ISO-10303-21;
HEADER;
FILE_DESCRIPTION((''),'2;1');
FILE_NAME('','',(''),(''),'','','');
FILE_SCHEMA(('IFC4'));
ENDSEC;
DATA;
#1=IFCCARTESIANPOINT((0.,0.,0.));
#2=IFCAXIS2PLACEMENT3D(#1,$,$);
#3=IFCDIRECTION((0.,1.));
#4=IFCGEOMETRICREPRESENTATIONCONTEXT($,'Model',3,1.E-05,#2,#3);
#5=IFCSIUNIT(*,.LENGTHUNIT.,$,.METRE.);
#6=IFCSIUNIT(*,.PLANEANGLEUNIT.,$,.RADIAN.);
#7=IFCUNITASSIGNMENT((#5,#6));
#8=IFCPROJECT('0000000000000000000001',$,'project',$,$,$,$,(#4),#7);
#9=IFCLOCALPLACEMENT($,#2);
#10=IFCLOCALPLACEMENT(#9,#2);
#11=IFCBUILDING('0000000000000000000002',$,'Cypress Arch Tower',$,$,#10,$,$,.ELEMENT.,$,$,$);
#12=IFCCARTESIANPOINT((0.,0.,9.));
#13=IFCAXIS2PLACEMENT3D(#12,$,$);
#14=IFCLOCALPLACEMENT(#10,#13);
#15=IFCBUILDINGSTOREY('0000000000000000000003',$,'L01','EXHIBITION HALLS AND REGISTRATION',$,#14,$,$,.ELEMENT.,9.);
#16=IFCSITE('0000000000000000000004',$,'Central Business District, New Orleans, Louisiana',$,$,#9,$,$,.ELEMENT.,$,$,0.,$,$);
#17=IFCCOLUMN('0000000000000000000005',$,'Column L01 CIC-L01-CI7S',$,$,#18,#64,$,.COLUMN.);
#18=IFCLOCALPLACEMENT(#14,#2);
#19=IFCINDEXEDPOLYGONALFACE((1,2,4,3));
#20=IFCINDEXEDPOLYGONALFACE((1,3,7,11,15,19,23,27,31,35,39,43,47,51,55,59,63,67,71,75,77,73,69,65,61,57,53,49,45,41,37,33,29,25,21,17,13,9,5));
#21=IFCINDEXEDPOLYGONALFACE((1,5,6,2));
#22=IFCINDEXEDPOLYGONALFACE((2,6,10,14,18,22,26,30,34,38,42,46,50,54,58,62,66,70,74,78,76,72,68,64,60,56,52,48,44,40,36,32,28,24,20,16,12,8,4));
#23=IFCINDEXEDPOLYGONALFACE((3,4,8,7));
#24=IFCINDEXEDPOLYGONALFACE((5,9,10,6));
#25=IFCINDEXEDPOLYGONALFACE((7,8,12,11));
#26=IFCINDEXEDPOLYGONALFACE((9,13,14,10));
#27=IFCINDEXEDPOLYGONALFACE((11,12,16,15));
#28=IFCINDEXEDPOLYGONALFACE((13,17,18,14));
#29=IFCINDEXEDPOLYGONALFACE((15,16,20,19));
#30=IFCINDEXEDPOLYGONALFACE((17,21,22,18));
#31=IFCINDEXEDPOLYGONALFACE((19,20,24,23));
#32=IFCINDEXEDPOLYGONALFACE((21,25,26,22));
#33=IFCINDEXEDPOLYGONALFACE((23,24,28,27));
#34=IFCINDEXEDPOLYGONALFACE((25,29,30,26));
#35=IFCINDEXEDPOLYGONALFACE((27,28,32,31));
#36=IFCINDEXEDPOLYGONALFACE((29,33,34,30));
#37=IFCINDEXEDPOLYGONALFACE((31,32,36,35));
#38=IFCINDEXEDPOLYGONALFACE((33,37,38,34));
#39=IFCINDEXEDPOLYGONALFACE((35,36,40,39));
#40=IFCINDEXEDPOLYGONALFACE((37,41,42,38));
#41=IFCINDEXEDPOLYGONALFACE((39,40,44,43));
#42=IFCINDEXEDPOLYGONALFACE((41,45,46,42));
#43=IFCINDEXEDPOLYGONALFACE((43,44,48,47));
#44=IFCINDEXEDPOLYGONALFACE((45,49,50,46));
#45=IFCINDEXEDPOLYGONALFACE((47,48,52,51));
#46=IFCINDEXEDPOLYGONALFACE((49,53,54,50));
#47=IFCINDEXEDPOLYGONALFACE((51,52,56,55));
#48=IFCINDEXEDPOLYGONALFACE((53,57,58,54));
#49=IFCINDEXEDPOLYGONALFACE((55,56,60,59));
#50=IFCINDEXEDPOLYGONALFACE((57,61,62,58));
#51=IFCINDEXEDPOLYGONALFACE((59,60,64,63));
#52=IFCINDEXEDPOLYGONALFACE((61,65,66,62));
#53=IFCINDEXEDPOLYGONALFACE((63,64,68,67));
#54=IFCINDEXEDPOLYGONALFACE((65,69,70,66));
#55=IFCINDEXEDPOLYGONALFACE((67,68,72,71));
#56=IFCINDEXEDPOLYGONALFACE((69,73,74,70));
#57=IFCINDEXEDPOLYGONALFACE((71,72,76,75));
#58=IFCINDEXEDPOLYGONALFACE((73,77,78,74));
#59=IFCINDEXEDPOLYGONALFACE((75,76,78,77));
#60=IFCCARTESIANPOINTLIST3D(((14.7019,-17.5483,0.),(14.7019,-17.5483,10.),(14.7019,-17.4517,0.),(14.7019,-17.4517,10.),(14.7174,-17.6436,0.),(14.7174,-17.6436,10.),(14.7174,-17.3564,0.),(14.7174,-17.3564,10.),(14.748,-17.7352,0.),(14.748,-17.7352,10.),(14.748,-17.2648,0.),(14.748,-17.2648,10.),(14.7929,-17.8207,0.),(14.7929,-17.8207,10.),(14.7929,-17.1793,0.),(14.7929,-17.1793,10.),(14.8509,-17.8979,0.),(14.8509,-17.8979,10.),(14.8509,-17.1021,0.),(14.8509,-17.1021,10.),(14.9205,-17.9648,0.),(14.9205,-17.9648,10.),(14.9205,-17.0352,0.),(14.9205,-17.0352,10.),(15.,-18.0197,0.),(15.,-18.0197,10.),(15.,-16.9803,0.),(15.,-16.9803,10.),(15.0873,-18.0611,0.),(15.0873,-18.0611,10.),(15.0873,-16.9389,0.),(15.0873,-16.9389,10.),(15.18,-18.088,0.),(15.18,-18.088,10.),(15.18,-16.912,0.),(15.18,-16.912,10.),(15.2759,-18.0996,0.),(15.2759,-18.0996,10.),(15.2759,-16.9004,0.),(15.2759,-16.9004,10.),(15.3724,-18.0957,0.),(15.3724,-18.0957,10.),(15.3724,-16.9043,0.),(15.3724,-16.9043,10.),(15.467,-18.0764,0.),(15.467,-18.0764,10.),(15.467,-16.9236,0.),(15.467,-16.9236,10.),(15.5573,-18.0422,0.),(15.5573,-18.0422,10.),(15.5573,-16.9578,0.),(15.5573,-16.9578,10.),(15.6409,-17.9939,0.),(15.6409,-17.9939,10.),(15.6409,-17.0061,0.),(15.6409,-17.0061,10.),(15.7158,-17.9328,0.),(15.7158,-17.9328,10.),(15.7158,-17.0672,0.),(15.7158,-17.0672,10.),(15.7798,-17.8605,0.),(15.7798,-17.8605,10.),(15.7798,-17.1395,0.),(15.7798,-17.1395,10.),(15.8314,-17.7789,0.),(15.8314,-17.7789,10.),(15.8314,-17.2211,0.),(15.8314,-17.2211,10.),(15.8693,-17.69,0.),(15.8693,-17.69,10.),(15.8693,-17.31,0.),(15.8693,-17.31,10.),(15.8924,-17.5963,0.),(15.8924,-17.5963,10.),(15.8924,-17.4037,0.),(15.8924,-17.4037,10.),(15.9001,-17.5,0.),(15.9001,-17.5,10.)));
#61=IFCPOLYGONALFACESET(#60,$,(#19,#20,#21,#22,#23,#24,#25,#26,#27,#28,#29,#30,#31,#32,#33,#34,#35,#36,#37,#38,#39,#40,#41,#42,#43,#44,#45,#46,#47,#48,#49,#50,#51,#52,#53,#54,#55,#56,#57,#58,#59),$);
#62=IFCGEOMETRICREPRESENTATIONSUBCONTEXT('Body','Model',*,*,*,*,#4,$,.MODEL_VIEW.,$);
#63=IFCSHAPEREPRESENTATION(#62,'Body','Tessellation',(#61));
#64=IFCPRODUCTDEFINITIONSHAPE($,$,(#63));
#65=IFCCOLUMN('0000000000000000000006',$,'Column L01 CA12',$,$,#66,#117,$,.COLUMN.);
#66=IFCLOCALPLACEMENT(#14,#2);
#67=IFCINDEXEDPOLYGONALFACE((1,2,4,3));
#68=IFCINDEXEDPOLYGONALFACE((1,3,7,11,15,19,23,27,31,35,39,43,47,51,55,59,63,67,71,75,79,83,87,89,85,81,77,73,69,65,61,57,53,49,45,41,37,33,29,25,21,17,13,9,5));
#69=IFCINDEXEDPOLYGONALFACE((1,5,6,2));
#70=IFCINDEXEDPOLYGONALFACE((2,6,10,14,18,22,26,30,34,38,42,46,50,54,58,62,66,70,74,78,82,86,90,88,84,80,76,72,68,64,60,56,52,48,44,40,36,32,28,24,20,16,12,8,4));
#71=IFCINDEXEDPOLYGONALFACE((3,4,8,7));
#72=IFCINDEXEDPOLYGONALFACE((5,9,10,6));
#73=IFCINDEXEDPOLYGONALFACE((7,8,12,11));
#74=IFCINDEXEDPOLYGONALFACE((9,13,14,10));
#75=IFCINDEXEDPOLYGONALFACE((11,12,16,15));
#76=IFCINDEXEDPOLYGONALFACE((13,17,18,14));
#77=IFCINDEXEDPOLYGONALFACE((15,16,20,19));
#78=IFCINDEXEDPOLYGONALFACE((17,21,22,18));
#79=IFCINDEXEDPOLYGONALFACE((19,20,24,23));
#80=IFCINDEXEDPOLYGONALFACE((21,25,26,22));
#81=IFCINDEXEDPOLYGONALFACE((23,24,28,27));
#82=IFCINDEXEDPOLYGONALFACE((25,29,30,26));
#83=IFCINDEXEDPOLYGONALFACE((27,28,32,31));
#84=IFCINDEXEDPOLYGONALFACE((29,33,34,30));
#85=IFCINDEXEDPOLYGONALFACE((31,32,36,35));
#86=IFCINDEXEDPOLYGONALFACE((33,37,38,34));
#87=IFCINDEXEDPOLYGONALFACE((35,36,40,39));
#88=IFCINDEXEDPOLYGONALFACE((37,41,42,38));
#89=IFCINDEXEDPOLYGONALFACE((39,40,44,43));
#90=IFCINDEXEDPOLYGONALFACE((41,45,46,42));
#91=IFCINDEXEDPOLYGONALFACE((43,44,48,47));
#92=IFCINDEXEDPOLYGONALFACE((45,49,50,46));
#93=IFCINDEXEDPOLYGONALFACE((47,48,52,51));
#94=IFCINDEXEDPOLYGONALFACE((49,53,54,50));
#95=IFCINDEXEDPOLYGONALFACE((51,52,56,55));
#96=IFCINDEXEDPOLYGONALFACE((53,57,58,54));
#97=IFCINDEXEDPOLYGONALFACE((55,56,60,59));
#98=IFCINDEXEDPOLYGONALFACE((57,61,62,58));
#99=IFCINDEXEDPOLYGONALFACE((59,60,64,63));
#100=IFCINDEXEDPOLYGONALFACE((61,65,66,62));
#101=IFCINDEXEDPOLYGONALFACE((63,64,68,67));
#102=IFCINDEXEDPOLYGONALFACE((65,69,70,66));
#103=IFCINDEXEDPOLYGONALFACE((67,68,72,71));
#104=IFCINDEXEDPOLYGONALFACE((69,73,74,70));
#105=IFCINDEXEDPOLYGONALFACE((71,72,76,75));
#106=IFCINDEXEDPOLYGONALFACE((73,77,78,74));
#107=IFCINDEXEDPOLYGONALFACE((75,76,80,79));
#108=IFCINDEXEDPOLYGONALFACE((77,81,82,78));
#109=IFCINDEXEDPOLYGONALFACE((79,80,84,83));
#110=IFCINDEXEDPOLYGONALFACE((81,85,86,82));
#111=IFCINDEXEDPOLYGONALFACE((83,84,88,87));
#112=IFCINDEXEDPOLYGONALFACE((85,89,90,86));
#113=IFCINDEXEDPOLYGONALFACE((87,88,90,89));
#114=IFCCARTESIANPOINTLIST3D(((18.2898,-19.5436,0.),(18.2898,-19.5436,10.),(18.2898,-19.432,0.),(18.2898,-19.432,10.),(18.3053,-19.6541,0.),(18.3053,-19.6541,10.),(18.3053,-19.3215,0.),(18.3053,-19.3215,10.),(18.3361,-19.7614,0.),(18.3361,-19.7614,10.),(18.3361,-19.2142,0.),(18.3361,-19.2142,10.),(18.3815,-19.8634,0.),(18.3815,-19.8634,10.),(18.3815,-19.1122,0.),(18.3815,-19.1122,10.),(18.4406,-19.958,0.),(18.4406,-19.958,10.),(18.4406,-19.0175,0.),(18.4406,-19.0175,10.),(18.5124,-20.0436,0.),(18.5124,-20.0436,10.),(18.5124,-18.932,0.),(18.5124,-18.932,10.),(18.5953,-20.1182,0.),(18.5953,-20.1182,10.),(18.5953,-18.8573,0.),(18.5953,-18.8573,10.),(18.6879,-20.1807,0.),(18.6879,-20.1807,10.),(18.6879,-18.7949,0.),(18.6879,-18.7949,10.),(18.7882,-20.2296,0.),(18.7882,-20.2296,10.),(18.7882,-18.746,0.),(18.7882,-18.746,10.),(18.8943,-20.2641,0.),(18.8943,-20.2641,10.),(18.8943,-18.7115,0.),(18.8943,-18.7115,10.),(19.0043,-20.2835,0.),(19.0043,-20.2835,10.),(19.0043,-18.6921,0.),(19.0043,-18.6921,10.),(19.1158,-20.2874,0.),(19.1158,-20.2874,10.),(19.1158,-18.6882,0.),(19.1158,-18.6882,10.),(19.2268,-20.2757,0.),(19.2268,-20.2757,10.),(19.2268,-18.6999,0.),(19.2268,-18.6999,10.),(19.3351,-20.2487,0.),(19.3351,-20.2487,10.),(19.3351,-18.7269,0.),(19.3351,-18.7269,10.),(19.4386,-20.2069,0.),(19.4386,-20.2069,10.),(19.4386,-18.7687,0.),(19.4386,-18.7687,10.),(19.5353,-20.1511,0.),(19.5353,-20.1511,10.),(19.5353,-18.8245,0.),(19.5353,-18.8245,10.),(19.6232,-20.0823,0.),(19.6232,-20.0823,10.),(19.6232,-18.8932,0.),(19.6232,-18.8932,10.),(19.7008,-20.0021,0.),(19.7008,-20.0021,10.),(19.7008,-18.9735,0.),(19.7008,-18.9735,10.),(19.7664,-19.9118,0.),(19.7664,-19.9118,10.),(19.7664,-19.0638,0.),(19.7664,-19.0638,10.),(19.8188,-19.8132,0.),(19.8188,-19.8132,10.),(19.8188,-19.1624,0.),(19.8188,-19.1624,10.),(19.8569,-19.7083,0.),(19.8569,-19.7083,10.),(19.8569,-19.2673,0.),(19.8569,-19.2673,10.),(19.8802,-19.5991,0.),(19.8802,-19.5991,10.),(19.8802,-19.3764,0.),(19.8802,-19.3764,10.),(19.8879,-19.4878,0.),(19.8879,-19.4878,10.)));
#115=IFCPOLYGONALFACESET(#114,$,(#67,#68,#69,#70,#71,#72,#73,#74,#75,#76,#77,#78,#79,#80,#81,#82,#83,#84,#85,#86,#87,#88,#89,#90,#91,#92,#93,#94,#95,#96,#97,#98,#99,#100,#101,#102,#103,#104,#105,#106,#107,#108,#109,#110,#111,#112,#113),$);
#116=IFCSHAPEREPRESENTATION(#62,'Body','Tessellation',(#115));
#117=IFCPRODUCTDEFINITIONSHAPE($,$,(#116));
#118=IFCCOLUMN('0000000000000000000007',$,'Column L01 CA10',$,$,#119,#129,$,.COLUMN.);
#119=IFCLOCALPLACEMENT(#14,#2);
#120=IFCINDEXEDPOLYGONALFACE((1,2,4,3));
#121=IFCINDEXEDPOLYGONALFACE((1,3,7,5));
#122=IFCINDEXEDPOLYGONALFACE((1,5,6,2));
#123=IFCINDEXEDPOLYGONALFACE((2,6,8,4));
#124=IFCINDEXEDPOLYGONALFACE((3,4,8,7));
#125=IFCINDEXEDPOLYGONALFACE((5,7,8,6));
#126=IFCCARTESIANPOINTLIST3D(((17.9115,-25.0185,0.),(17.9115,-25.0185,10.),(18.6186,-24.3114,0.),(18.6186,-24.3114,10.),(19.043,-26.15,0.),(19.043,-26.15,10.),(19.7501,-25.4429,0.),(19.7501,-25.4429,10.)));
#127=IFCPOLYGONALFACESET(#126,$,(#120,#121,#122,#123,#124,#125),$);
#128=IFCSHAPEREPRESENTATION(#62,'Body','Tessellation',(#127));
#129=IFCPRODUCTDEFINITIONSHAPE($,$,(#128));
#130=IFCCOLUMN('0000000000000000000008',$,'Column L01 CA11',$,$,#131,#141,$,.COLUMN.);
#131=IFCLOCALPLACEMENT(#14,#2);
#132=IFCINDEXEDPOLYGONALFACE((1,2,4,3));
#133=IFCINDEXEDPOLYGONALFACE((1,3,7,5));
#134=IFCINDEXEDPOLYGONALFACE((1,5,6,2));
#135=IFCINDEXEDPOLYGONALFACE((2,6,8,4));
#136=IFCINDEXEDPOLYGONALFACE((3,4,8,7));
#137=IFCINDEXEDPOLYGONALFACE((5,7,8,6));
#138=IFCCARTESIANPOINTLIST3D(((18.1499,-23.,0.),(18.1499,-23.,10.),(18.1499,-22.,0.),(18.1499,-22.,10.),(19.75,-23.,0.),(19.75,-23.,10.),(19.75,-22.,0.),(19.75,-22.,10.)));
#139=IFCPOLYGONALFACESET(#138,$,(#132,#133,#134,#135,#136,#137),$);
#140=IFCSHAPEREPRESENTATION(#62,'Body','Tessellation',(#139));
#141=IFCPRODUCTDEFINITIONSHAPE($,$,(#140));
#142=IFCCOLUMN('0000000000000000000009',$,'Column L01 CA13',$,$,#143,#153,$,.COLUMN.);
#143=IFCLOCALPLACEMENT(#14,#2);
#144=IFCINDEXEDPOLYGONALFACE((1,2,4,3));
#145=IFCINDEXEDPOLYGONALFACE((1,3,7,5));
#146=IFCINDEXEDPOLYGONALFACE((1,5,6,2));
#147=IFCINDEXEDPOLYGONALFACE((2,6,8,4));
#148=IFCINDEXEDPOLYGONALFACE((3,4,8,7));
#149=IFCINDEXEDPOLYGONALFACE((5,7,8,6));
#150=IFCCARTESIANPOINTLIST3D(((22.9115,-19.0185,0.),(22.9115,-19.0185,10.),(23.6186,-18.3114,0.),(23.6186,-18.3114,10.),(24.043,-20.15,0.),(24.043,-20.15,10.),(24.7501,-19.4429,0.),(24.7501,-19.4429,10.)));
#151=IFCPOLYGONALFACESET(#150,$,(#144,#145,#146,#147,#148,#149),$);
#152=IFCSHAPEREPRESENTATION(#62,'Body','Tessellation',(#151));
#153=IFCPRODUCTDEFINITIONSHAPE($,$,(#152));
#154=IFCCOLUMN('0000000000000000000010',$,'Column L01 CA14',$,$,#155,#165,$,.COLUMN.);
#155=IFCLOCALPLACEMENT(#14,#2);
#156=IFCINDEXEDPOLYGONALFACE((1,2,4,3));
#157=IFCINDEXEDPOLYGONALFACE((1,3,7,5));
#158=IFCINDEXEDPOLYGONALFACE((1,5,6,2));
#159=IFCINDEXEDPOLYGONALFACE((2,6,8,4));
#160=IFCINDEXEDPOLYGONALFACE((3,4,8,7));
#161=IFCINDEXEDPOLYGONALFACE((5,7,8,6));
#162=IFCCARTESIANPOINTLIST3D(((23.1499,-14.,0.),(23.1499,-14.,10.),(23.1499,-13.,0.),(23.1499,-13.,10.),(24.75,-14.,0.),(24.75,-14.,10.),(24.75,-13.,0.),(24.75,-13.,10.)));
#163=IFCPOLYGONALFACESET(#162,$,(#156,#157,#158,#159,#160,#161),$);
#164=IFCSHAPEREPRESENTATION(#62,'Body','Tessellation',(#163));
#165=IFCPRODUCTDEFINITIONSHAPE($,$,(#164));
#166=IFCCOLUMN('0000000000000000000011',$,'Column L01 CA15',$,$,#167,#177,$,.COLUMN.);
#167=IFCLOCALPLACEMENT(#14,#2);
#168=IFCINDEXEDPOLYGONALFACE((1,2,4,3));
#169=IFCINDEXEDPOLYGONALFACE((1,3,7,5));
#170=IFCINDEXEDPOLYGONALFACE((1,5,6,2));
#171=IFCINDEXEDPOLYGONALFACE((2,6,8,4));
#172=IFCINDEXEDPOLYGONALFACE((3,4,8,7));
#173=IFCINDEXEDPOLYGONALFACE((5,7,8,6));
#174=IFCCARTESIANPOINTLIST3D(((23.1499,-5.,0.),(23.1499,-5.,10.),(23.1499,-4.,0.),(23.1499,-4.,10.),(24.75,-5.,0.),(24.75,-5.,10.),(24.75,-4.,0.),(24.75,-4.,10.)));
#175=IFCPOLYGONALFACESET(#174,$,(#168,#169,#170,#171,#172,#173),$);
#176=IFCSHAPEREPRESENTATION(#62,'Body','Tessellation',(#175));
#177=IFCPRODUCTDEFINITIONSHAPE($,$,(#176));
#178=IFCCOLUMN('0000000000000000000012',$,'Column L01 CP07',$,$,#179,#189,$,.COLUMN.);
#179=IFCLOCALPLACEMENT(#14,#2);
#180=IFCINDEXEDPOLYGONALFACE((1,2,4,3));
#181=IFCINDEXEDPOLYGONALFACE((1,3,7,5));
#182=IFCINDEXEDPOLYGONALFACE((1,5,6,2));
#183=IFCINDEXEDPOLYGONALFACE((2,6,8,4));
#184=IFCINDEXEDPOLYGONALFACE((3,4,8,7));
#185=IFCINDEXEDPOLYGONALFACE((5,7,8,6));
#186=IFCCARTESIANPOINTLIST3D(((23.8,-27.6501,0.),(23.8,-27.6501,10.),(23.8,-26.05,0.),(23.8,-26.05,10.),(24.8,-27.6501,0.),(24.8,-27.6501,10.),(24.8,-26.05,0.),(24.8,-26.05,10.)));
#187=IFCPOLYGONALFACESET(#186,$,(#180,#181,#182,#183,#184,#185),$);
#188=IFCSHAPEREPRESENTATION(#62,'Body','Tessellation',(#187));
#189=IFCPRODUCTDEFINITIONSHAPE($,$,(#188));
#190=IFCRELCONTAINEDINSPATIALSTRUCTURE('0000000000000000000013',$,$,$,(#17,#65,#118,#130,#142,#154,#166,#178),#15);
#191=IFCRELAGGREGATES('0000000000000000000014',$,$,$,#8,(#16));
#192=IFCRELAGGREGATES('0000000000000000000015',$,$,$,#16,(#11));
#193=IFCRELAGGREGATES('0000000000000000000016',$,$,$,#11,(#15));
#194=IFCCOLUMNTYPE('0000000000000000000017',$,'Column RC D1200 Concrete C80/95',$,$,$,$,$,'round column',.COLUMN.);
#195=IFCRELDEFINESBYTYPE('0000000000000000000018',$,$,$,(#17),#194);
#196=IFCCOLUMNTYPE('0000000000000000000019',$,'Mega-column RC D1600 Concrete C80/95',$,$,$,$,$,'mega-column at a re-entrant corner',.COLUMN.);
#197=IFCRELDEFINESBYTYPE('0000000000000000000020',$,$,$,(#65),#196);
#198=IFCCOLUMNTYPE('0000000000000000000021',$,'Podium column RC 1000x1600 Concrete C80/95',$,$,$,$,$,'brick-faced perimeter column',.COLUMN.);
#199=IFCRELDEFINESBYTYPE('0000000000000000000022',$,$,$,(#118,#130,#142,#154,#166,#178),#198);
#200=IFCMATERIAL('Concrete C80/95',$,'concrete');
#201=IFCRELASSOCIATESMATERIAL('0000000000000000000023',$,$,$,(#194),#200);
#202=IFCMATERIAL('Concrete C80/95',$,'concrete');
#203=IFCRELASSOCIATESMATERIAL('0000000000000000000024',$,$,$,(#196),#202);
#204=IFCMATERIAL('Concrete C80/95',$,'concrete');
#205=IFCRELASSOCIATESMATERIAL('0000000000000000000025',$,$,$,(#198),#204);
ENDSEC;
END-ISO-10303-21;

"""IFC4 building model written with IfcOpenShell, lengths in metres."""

from ifc_helpers import new_model, si_unit, direction, frame, origin, origin_2d, place, context, subcontext, project, spatial, rectangle, circle, extrude, material, material_profile, profile_set, type_object, element, save


model = new_model("IFC4")

# Units and contexts
model_context = context("Model", 3, precision=1e-05, world=origin(), true_north=direction((0.0, 1.0)))
body_context = subcontext(model_context, "Body", "Model", "MODEL_VIEW")
ifc_project = project(units=[si_unit("LENGTHUNIT", "METRE"), si_unit("PLANEANGLEUNIT", "RADIAN")], contexts=[model_context])

# Site, building, storey
site_placement = place(None, origin())
site = spatial("IfcSite", under=ifc_project, at=site_placement, Name="Central Business District, New Orleans, Louisiana", CompositionType="ELEMENT", RefElevation=0.0)
building_placement = place(site_placement, origin())
building = spatial("IfcBuilding", under=site, at=building_placement, Name="Cypress Arch Tower", CompositionType="ELEMENT")
storey_placement = place(building_placement, frame((0.0, 0.0, 9.0)))
storey = spatial("IfcBuildingStorey", under=building, at=storey_placement, Name="L01", Description="EXHIBITION HALLS AND REGISTRATION", CompositionType="ELEMENT", Elevation=9.0)

# Columns
ifc_material_1 = material(Name="Concrete C80/95", Category="concrete")
ifc_material_profile_1 = material_profile(ifc_material_1, circle(Radius=0.6001, at=origin_2d()), Name="RC D1200")
ifc_profile_set_1 = profile_set([ifc_material_profile_1], Name="Concrete C80/95")
column_type_1 = type_object("IfcColumnType", Name="Column RC D1200 Concrete C80/95", ElementType="round column", PredefinedType="COLUMN", material=ifc_profile_set_1)
column_1_placement = place(storey_placement, frame((15.3, -17.5, 0.0), z_axis=(0.0, 0.0, 1.0), x_axis=(1.0, 0.0, 0.0)))
element("IfcColumn", 1, at=column_1_placement, inside=storey, type_object=column_type_1, Name="Column L01 CIC-L01-CI7S", PredefinedType="COLUMN", context=body_context, shape_type="SweptSolid", body=[
    extrude(circle(Radius=0.6001, at=origin_2d()), origin(), (0.0, 0.0, 1.0), 10.0),
])
ifc_material_2 = material(Name="Concrete C80/95", Category="concrete")
ifc_material_profile_2 = material_profile(ifc_material_2, circle(Radius=0.8, at=origin_2d()), Name="RC D1600")
ifc_profile_set_2 = profile_set([ifc_material_profile_2], Name="Concrete C80/95")
column_type_2 = type_object("IfcColumnType", Name="Mega-column RC D1600 Concrete C80/95", ElementType="mega-column at a re-entrant corner", PredefinedType="COLUMN", material=ifc_profile_set_2)
column_2_placement = place(storey_placement, frame((19.0879, -19.4878, 0.0), z_axis=(0.0, 0.0, 1.0), x_axis=(1.0, 0.0, 0.0)))
element("IfcColumn", 2, at=column_2_placement, inside=storey, type_object=column_type_2, Name="Column L01 CA12", PredefinedType="COLUMN", context=body_context, shape_type="SweptSolid", body=[
    extrude(circle(Radius=0.8, at=origin_2d()), origin(), (0.0, 0.0, 1.0), 10.0),
])
ifc_material_3 = material(Name="Concrete C80/95", Category="concrete")
ifc_material_profile_3 = material_profile(ifc_material_3, rectangle(XDim=1.0, YDim=1.6001, at=origin_2d()), Name="RC 1000x1600")
ifc_profile_set_3 = profile_set([ifc_material_profile_3], Name="Concrete C80/95")
column_type_3 = type_object("IfcColumnType", Name="Podium column RC 1000x1600 Concrete C80/95", ElementType="brick-faced perimeter column", PredefinedType="COLUMN", material=ifc_profile_set_3)
for number, where, z_axis, x_axis, name in (
    (3, (18.8308, -25.2307, 0.0), (0.0, 0.0, 1.0), (0.707107, 0.707107, 0.0), "Column L01 CA10"),
    (4, (18.95, -22.5, 0.0), (0.0, 0.0, 1.0), (0.0, 1.0, 0.0), "Column L01 CA11"),
    (5, (23.8308, -19.2307, 0.0), (0.0, 0.0, 1.0), (0.707107, 0.707107, 0.0), "Column L01 CA13"),
    (6, (23.95, -13.5, 0.0), (0.0, 0.0, 1.0), (0.0, 1.0, 0.0), "Column L01 CA14"),
    (7, (23.95, -4.5, 0.0), (0.0, 0.0, 1.0), (0.0, 1.0, 0.0), "Column L01 CA15"),
    (8, (24.3, -26.8501, 0.0), (0.0, 0.0, 1.0), (1.0, 0.0, 0.0), "Column L01 CP07"),
):
    element("IfcColumn", number, at=place(storey_placement, frame(where, z_axis=z_axis, x_axis=x_axis)), inside=storey, type_object=column_type_3, Name=name, PredefinedType="COLUMN", context=body_context, shape_type="SweptSolid", body=[
        extrude(rectangle(XDim=1.0, YDim=1.6001, at=origin_2d()), origin(), (0.0, 0.0, 1.0), 10.0),
    ])

save(model, "model.ifc")
